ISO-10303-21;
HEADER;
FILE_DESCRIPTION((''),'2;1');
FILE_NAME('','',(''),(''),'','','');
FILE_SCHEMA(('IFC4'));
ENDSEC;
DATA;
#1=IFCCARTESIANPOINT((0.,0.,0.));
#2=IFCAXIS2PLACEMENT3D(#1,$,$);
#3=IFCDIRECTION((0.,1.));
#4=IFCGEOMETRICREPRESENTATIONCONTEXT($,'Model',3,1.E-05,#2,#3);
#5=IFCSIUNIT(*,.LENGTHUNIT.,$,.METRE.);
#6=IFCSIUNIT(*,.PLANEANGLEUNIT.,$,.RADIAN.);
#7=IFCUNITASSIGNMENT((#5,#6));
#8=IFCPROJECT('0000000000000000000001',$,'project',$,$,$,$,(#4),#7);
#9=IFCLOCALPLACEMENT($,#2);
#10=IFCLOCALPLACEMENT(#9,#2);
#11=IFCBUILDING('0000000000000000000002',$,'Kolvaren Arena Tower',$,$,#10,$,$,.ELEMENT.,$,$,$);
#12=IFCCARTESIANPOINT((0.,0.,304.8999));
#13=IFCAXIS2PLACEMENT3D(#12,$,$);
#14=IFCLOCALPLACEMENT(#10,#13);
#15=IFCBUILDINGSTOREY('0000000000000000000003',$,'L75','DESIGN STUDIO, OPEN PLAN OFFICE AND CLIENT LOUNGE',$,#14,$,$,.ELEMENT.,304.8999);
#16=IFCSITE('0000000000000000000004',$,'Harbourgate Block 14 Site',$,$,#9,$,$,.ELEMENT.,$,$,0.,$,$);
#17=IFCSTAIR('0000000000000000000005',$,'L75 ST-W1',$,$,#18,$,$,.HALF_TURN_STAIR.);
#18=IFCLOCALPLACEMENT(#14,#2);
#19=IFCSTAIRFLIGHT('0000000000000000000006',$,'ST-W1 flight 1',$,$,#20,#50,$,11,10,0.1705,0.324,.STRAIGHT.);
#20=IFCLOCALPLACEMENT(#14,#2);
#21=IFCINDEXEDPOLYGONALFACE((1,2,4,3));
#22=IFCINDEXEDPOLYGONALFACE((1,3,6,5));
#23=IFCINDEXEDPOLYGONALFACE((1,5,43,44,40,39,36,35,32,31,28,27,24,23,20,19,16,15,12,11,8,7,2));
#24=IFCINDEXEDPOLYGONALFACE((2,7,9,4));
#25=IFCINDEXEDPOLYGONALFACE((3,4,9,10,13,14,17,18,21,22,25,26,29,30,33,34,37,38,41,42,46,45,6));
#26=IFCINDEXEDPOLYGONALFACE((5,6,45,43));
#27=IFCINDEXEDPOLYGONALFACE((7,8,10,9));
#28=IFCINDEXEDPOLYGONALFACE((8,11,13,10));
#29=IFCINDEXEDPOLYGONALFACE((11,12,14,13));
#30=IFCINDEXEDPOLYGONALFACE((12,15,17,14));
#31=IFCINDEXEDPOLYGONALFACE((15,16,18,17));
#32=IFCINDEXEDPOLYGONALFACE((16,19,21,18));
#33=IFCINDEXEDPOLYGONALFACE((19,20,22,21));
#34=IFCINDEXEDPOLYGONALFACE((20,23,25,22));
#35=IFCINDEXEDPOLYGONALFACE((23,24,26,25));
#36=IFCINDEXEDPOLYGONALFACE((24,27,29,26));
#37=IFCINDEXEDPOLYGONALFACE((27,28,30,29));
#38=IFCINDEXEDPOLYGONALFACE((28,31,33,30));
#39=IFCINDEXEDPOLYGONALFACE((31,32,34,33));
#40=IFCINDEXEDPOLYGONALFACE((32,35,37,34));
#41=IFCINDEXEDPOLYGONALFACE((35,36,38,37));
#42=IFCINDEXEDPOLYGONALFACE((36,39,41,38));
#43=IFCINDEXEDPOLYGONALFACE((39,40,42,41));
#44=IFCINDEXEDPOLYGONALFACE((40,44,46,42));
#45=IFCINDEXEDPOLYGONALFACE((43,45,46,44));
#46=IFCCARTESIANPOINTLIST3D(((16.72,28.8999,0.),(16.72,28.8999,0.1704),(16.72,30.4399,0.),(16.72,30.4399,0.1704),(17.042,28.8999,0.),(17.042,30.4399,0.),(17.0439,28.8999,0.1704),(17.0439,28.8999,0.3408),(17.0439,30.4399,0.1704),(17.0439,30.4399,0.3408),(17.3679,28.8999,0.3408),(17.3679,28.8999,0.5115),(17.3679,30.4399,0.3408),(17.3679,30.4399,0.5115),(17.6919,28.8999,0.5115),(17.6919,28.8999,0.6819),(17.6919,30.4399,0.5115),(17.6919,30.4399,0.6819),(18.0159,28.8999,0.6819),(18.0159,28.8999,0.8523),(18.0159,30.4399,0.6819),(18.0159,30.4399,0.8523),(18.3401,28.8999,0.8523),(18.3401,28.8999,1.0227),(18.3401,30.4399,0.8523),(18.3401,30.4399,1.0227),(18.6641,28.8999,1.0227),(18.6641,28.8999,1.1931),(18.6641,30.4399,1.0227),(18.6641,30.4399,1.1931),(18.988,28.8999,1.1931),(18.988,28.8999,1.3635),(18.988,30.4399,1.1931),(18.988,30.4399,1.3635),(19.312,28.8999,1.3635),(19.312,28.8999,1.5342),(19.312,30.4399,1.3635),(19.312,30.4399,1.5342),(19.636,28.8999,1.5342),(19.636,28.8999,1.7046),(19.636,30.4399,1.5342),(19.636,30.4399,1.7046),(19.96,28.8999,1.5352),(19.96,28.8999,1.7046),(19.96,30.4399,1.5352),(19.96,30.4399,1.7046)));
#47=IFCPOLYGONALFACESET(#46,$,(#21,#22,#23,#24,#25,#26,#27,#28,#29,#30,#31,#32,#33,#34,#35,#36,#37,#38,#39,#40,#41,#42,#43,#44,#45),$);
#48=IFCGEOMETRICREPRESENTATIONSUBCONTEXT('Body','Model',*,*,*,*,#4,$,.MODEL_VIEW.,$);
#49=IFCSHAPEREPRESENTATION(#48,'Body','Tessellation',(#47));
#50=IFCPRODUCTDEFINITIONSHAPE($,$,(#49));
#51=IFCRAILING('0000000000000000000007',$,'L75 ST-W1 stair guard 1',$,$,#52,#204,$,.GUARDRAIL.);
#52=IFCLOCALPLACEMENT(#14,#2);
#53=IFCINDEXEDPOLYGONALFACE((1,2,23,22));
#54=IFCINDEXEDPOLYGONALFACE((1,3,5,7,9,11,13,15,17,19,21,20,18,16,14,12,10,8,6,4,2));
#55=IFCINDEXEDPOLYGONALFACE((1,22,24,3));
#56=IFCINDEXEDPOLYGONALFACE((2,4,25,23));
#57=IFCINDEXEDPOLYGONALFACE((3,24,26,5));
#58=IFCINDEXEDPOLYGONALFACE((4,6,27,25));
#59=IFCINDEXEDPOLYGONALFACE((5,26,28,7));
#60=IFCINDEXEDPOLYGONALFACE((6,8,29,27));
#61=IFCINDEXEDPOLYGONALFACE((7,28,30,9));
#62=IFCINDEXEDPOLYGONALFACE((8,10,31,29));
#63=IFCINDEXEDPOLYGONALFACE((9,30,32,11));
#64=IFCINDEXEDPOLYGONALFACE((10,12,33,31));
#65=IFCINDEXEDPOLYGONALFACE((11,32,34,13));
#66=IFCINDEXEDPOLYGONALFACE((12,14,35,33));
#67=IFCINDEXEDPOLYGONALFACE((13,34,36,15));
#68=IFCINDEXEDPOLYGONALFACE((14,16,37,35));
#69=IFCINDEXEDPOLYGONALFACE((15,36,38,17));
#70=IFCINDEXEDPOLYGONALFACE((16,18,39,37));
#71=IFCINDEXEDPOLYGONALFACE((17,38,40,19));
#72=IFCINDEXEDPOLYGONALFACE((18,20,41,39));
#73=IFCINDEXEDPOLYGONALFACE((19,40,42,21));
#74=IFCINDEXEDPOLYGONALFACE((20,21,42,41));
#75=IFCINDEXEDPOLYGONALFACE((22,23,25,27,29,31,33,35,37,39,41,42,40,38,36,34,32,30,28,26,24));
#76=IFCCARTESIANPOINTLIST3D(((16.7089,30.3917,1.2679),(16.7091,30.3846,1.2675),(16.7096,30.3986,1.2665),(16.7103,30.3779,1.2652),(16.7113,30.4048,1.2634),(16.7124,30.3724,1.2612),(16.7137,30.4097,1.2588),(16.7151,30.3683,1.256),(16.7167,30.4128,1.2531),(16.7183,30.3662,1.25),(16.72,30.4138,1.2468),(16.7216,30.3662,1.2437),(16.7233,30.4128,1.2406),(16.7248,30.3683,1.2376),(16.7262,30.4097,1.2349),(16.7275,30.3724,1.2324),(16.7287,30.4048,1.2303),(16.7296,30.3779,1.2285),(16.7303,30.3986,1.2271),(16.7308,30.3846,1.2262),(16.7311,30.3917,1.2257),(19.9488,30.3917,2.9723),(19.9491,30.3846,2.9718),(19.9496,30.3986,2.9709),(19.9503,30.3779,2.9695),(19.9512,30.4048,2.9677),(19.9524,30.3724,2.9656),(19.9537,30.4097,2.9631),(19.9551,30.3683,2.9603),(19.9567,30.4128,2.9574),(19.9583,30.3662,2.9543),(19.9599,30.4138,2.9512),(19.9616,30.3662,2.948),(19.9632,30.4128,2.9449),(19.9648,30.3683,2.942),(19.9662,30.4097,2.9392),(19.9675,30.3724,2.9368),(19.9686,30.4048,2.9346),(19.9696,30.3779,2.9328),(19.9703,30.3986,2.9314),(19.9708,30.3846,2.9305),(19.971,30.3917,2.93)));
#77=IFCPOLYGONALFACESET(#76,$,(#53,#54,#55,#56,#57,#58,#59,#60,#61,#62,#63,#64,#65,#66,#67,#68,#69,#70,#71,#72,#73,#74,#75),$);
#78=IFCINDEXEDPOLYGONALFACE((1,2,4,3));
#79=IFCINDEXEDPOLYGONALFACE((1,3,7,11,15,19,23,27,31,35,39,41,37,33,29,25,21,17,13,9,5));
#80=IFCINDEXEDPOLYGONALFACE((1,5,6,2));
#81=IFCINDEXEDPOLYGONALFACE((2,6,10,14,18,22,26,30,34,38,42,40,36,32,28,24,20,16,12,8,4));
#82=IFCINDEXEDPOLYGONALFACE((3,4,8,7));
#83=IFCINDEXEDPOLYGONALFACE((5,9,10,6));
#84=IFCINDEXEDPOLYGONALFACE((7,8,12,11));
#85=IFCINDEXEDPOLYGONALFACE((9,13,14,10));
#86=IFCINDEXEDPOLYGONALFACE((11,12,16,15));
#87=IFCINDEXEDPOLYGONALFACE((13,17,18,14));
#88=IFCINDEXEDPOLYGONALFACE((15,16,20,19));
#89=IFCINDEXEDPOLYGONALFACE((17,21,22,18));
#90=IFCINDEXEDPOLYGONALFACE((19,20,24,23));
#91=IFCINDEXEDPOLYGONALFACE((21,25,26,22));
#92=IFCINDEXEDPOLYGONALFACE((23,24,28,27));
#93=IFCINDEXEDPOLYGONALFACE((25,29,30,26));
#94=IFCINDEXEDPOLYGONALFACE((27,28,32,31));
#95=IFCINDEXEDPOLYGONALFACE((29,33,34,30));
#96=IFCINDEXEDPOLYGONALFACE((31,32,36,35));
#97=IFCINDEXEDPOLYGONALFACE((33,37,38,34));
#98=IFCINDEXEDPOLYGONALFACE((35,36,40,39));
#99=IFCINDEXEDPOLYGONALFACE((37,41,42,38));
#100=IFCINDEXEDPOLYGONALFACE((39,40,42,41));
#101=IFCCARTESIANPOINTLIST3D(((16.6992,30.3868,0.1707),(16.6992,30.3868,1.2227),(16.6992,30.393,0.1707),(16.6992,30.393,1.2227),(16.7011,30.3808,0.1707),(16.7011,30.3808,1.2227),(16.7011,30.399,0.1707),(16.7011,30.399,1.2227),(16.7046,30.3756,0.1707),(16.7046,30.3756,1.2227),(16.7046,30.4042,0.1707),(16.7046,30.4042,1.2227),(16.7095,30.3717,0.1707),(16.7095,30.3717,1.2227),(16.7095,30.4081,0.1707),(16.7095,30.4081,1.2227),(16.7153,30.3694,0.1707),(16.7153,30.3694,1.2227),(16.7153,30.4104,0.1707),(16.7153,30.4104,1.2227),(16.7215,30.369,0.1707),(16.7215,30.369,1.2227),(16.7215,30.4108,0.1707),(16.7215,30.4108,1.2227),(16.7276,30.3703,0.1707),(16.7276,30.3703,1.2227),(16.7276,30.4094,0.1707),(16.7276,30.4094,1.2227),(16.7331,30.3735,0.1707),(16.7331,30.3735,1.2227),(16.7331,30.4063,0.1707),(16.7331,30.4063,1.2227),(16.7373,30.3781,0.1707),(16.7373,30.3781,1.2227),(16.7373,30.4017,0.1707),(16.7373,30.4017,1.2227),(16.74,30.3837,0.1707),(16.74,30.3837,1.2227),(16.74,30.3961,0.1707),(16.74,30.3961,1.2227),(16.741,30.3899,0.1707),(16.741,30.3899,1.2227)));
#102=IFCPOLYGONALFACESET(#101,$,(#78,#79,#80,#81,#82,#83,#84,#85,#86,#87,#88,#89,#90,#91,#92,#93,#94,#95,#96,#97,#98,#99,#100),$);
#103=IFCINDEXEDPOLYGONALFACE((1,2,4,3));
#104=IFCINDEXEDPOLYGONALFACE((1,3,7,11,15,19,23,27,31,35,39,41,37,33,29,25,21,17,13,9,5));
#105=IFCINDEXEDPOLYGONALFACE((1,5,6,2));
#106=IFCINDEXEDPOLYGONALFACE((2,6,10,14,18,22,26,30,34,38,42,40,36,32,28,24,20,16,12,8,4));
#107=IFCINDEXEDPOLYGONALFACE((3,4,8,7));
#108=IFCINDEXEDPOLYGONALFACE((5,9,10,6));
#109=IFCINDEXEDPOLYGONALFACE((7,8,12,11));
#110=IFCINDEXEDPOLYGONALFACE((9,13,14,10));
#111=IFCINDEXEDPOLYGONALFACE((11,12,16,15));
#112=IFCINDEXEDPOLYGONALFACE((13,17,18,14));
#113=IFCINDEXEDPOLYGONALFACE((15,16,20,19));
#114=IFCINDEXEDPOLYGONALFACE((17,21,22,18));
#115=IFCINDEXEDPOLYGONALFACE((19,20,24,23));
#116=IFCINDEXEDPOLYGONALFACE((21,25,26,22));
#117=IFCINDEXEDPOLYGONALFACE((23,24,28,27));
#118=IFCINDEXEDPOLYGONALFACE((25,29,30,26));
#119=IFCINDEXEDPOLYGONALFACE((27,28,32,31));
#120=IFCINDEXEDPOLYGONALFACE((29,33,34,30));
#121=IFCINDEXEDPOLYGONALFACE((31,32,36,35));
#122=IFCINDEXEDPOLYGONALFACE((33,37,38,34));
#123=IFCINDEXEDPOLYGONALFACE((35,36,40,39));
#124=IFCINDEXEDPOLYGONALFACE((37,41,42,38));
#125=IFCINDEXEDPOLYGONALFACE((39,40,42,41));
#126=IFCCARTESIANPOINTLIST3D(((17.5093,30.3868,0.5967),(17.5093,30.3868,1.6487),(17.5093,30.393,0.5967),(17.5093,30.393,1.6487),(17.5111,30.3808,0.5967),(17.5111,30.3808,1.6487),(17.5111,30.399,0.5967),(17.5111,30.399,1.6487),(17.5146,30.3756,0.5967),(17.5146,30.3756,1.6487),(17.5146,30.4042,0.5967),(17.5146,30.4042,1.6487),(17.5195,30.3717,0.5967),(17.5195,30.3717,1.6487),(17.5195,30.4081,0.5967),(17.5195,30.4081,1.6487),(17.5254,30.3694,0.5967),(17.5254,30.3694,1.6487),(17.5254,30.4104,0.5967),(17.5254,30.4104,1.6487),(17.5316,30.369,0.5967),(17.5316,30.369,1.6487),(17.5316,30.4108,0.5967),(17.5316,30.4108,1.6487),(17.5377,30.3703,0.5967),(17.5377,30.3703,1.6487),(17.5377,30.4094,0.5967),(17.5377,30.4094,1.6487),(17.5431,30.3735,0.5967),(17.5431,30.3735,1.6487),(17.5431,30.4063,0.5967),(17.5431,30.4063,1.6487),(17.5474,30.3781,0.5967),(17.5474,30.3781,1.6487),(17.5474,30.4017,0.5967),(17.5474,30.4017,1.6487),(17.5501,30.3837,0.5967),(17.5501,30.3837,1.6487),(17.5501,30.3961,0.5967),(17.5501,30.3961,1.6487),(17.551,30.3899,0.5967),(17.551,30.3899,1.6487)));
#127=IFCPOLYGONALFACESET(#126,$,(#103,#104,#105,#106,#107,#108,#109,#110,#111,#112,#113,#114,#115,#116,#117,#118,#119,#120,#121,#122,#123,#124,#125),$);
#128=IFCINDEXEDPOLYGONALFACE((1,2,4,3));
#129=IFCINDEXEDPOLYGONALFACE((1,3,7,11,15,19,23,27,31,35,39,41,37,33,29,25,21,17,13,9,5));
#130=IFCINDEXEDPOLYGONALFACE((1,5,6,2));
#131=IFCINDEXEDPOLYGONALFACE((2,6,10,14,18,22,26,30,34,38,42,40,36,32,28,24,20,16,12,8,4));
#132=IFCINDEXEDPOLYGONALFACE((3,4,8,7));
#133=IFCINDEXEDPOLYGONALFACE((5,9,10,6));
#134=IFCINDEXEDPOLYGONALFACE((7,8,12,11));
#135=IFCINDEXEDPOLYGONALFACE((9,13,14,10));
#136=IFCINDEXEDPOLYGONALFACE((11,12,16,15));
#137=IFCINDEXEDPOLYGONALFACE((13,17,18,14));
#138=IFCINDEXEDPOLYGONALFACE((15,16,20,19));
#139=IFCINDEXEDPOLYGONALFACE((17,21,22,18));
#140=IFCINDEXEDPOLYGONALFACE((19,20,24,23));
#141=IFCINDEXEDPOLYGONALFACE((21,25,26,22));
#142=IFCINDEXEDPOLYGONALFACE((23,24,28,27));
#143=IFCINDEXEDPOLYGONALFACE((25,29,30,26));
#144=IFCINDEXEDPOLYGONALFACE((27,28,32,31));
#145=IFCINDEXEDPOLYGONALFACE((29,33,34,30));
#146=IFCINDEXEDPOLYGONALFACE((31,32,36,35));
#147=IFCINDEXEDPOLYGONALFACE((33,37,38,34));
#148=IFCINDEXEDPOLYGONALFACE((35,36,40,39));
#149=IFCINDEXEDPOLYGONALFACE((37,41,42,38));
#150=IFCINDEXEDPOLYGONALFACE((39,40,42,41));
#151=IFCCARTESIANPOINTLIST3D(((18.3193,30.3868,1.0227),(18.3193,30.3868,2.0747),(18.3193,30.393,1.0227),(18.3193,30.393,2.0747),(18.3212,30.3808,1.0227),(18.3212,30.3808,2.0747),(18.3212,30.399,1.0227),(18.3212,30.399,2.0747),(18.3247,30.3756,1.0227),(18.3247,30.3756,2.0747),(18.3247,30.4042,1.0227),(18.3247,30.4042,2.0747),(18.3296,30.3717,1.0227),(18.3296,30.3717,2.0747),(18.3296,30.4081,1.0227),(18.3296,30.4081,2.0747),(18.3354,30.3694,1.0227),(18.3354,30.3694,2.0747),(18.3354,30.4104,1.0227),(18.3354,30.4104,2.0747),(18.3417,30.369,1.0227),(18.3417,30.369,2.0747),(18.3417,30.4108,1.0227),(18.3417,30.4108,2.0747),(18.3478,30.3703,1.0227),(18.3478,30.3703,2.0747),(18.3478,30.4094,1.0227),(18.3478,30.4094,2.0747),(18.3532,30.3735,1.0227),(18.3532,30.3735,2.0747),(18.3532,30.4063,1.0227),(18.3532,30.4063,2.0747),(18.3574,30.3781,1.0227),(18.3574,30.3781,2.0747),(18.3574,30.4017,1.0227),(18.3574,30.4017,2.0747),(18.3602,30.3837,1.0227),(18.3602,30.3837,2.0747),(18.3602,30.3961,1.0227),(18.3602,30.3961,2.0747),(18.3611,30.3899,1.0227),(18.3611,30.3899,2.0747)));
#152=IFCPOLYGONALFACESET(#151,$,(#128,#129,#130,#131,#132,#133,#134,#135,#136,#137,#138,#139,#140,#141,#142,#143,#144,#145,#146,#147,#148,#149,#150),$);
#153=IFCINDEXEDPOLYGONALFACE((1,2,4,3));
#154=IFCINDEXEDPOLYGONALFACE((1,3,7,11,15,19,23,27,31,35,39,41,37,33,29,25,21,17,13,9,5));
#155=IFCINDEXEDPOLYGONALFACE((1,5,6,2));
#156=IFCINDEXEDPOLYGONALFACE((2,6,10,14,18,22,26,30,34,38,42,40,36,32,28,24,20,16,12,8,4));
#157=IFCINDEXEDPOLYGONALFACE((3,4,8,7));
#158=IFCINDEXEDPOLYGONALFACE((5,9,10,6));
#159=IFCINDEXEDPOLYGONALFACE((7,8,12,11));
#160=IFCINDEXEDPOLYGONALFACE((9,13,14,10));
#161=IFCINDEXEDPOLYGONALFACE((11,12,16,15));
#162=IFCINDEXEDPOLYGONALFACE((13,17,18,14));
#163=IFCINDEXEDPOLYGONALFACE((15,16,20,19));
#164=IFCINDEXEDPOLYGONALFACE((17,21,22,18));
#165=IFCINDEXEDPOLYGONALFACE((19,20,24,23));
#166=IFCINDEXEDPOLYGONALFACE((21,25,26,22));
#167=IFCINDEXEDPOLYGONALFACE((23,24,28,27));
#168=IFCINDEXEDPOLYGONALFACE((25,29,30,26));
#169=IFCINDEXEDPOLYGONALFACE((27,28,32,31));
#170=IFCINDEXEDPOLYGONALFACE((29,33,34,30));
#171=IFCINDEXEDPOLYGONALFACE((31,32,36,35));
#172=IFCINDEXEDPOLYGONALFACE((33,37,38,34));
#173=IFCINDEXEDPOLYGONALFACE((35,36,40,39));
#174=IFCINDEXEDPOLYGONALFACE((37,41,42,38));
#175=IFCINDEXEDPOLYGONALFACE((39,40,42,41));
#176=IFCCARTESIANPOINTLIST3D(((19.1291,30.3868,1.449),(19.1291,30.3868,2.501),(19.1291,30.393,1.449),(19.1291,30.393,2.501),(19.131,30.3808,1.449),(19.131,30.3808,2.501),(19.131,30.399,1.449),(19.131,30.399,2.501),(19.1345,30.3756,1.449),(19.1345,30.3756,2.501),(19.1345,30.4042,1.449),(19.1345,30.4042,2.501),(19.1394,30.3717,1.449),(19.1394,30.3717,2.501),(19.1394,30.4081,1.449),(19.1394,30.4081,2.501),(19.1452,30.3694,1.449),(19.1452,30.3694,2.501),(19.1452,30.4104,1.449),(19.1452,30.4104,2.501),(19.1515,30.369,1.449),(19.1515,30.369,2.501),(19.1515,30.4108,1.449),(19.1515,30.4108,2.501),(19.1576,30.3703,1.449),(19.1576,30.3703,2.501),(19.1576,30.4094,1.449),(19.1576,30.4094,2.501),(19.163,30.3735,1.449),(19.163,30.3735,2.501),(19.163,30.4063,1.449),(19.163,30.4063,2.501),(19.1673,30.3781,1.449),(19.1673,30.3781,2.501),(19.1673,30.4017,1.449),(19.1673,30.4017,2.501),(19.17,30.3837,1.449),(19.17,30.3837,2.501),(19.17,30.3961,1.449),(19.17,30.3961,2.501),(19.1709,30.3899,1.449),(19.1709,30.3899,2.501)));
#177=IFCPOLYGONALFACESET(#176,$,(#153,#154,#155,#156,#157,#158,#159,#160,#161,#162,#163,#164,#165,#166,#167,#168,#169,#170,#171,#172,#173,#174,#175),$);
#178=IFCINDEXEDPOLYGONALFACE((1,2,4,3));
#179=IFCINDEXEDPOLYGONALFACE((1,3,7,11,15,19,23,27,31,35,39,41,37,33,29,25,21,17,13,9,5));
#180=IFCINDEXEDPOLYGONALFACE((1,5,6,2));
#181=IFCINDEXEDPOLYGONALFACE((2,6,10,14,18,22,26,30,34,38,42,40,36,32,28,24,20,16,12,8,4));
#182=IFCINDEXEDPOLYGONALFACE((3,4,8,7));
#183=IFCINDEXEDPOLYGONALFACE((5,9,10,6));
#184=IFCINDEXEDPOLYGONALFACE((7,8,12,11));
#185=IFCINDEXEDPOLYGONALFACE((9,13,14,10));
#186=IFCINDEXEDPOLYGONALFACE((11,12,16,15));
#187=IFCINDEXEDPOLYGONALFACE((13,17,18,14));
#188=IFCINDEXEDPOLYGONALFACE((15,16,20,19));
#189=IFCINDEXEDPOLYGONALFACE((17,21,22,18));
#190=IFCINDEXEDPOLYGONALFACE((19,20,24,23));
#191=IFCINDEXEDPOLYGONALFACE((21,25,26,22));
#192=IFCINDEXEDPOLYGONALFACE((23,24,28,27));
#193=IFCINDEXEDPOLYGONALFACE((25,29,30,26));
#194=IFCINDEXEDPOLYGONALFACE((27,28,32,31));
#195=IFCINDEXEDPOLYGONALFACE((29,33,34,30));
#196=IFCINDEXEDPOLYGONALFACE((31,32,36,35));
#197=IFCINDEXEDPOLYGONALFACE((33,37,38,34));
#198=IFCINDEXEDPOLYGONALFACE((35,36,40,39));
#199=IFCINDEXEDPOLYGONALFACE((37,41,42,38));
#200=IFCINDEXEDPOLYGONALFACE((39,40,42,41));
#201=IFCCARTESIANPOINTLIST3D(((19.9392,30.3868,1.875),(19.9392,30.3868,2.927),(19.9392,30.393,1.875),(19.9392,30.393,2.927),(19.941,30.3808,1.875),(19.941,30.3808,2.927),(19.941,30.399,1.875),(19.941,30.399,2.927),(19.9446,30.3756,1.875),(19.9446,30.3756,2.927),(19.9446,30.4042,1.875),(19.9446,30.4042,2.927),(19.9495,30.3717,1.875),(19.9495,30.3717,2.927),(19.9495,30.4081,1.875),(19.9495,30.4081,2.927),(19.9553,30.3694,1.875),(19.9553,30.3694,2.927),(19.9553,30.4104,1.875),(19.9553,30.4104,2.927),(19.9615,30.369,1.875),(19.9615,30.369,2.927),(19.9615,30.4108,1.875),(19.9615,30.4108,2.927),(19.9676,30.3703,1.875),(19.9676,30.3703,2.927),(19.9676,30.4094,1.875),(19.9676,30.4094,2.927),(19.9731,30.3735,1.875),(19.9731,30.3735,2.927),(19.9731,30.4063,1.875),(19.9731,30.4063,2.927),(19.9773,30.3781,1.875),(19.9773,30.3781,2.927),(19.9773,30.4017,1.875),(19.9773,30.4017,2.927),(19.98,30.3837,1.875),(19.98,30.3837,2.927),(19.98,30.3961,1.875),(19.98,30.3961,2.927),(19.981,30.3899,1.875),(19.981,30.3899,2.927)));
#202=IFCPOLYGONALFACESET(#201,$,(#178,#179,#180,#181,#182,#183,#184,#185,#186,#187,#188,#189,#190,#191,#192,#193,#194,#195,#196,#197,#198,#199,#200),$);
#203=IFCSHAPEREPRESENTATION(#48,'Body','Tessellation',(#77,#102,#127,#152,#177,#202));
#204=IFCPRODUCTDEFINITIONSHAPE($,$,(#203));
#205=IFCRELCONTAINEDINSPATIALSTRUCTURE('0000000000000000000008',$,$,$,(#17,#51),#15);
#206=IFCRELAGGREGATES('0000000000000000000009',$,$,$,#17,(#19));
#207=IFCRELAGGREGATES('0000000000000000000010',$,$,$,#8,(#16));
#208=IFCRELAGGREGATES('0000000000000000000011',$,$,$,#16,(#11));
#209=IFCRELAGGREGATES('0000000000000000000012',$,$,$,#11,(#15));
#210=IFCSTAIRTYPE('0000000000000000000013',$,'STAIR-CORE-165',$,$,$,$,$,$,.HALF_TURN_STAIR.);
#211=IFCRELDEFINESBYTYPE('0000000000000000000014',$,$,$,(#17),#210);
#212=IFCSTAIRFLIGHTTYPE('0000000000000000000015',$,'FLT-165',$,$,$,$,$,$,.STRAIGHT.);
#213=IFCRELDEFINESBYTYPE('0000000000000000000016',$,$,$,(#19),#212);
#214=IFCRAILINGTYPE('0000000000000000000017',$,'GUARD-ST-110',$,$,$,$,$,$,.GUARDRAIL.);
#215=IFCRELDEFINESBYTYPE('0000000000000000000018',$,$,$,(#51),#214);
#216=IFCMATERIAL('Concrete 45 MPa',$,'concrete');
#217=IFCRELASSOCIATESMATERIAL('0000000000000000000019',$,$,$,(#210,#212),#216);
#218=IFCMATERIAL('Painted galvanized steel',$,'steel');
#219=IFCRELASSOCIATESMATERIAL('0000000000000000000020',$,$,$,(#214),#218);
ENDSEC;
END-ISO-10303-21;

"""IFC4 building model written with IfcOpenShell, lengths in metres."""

from ifc_helpers import new_model, si_unit, direction, frame, origin, origin_2d, place, context, subcontext, project, spatial, polyline, circle, outline, extrude, material, type_object, element, aggregate, save


model = new_model("IFC4")

# Units and contexts
model_context = context("Model", 3, precision=1e-05, world=origin(), true_north=direction((0.0, 1.0)))
body_context = subcontext(model_context, "Body", "Model", "MODEL_VIEW")
ifc_project = project(units=[si_unit("LENGTHUNIT", "METRE"), si_unit("PLANEANGLEUNIT", "RADIAN")], contexts=[model_context])

# Site, building, storey
site_placement = place(None, origin())
site = spatial("IfcSite", under=ifc_project, at=site_placement, Name="Harbourgate Block 14 Site", CompositionType="ELEMENT", RefElevation=0.0)
building_placement = place(site_placement, origin())
building = spatial("IfcBuilding", under=site, at=building_placement, Name="Kolvaren Arena Tower", CompositionType="ELEMENT")
storey_placement = place(building_placement, frame((0.0, 0.0, 304.8999)))
storey = spatial("IfcBuildingStorey", under=building, at=storey_placement, Name="L75", Description="DESIGN STUDIO, OPEN PLAN OFFICE AND CLIENT LOUNGE", CompositionType="ELEMENT", Elevation=304.8999)

# Shared definitions
ifc_material_1 = material(Name="Concrete 45 MPa", Category="concrete")

# Stair, stair flight
stair_type = type_object("IfcStairType", Name="STAIR-CORE-165", PredefinedType="HALF_TURN_STAIR", material=ifc_material_1)
stair_placement = place(storey_placement, origin())
stair = element("IfcStair", 1, at=stair_placement, inside=storey, type_object=stair_type, Name="L75 ST-W1", PredefinedType="HALF_TURN_STAIR")
stair_flight_type = type_object("IfcStairFlightType", Name="FLT-165", PredefinedType="STRAIGHT", material=ifc_material_1)
stair_flight_placement = place(storey_placement, frame((16.72, 29.6699, 0.0), z_axis=(0.0, 0.0, 1.0), x_axis=(1.0, 0.0, 0.0)))
stair_flight = element("IfcStairFlight", 2, at=stair_flight_placement, type_object=stair_flight_type, Name="ST-W1 flight 1", NumberOfRisers=11, NumberOfTreads=10, PredefinedType="STRAIGHT", RiserHeight=0.1705, TreadLength=0.324, context=body_context, shape_type="SweptSolid", body=[
    extrude(outline(polyline([(0.0, 0.0), (0.0, 0.1704), (0.324, 0.1704), (0.324, 0.3408), (0.6479, 0.3408), (0.6479, 0.5115), (0.9719, 0.5115), (0.9719, 0.6819), (1.2959, 0.6819), (1.2959, 0.8523), (1.6201, 0.8523), (1.6201, 1.0227), (1.9441, 1.0227), (1.9441, 1.1931), (2.2681, 1.1931), (2.2681, 1.3635), (2.592, 1.3635), (2.592, 1.5342), (2.916, 1.5342), (2.916, 1.7046), (3.24, 1.7046), (3.24, 1.875), (3.24, 1.5352), (0.322, 0.0), (0.0, 0.0)])), frame((0.0, 0.77, 0.0), z_axis=(0.0, -1.0, 0.0), x_axis=(1.0, 0.0, 0.0)), (0.0, 0.0, 1.0), 1.54),
])
aggregate(stair, [stair_flight])

# Railing
ifc_material_2 = material(Name="Painted galvanized steel", Category="steel")
railing_type_1 = type_object("IfcRailingType", Name="GUARD-ST-110", PredefinedType="GUARDRAIL", material=ifc_material_2)
railing_1_placement = place(storey_placement, frame((16.72, 30.3899, 0.1707)))
element("IfcRailing", 3, at=railing_1_placement, inside=storey, type_object=railing_type_1, Name="L75 ST-W1 stair guard 1", PredefinedType="GUARDRAIL", context=body_context, shape_type="SweptSolid", body=[
    extrude(circle(Radius=0.0239, at=origin_2d()), frame((0.0, 0.0, 1.0762), z_axis=(0.885021, 0.0, 0.465551), x_axis=(0.0, 1.0, 0.0)), (0.0, 0.0, 1.0), 3.6609),
    extrude(circle(Radius=0.021, at=origin_2d()), origin(), (0.0, 0.0, 1.0), 1.052),
    extrude(circle(Radius=0.021, at=origin_2d()), frame((0.8101, 0.0, 0.426)), (0.0, 0.0, 1.0), 1.052),
    extrude(circle(Radius=0.021, at=origin_2d()), frame((1.6201, 0.0, 0.8521)), (0.0, 0.0, 1.0), 1.052),
    extrude(circle(Radius=0.021, at=origin_2d()), frame((2.4299, 0.0, 1.2783)), (0.0, 0.0, 1.0), 1.052),
    extrude(circle(Radius=0.021, at=origin_2d()), frame((3.24, 0.0, 1.7043)), (0.0, 0.0, 1.0), 1.052),
])

save(model, "model.ifc")
